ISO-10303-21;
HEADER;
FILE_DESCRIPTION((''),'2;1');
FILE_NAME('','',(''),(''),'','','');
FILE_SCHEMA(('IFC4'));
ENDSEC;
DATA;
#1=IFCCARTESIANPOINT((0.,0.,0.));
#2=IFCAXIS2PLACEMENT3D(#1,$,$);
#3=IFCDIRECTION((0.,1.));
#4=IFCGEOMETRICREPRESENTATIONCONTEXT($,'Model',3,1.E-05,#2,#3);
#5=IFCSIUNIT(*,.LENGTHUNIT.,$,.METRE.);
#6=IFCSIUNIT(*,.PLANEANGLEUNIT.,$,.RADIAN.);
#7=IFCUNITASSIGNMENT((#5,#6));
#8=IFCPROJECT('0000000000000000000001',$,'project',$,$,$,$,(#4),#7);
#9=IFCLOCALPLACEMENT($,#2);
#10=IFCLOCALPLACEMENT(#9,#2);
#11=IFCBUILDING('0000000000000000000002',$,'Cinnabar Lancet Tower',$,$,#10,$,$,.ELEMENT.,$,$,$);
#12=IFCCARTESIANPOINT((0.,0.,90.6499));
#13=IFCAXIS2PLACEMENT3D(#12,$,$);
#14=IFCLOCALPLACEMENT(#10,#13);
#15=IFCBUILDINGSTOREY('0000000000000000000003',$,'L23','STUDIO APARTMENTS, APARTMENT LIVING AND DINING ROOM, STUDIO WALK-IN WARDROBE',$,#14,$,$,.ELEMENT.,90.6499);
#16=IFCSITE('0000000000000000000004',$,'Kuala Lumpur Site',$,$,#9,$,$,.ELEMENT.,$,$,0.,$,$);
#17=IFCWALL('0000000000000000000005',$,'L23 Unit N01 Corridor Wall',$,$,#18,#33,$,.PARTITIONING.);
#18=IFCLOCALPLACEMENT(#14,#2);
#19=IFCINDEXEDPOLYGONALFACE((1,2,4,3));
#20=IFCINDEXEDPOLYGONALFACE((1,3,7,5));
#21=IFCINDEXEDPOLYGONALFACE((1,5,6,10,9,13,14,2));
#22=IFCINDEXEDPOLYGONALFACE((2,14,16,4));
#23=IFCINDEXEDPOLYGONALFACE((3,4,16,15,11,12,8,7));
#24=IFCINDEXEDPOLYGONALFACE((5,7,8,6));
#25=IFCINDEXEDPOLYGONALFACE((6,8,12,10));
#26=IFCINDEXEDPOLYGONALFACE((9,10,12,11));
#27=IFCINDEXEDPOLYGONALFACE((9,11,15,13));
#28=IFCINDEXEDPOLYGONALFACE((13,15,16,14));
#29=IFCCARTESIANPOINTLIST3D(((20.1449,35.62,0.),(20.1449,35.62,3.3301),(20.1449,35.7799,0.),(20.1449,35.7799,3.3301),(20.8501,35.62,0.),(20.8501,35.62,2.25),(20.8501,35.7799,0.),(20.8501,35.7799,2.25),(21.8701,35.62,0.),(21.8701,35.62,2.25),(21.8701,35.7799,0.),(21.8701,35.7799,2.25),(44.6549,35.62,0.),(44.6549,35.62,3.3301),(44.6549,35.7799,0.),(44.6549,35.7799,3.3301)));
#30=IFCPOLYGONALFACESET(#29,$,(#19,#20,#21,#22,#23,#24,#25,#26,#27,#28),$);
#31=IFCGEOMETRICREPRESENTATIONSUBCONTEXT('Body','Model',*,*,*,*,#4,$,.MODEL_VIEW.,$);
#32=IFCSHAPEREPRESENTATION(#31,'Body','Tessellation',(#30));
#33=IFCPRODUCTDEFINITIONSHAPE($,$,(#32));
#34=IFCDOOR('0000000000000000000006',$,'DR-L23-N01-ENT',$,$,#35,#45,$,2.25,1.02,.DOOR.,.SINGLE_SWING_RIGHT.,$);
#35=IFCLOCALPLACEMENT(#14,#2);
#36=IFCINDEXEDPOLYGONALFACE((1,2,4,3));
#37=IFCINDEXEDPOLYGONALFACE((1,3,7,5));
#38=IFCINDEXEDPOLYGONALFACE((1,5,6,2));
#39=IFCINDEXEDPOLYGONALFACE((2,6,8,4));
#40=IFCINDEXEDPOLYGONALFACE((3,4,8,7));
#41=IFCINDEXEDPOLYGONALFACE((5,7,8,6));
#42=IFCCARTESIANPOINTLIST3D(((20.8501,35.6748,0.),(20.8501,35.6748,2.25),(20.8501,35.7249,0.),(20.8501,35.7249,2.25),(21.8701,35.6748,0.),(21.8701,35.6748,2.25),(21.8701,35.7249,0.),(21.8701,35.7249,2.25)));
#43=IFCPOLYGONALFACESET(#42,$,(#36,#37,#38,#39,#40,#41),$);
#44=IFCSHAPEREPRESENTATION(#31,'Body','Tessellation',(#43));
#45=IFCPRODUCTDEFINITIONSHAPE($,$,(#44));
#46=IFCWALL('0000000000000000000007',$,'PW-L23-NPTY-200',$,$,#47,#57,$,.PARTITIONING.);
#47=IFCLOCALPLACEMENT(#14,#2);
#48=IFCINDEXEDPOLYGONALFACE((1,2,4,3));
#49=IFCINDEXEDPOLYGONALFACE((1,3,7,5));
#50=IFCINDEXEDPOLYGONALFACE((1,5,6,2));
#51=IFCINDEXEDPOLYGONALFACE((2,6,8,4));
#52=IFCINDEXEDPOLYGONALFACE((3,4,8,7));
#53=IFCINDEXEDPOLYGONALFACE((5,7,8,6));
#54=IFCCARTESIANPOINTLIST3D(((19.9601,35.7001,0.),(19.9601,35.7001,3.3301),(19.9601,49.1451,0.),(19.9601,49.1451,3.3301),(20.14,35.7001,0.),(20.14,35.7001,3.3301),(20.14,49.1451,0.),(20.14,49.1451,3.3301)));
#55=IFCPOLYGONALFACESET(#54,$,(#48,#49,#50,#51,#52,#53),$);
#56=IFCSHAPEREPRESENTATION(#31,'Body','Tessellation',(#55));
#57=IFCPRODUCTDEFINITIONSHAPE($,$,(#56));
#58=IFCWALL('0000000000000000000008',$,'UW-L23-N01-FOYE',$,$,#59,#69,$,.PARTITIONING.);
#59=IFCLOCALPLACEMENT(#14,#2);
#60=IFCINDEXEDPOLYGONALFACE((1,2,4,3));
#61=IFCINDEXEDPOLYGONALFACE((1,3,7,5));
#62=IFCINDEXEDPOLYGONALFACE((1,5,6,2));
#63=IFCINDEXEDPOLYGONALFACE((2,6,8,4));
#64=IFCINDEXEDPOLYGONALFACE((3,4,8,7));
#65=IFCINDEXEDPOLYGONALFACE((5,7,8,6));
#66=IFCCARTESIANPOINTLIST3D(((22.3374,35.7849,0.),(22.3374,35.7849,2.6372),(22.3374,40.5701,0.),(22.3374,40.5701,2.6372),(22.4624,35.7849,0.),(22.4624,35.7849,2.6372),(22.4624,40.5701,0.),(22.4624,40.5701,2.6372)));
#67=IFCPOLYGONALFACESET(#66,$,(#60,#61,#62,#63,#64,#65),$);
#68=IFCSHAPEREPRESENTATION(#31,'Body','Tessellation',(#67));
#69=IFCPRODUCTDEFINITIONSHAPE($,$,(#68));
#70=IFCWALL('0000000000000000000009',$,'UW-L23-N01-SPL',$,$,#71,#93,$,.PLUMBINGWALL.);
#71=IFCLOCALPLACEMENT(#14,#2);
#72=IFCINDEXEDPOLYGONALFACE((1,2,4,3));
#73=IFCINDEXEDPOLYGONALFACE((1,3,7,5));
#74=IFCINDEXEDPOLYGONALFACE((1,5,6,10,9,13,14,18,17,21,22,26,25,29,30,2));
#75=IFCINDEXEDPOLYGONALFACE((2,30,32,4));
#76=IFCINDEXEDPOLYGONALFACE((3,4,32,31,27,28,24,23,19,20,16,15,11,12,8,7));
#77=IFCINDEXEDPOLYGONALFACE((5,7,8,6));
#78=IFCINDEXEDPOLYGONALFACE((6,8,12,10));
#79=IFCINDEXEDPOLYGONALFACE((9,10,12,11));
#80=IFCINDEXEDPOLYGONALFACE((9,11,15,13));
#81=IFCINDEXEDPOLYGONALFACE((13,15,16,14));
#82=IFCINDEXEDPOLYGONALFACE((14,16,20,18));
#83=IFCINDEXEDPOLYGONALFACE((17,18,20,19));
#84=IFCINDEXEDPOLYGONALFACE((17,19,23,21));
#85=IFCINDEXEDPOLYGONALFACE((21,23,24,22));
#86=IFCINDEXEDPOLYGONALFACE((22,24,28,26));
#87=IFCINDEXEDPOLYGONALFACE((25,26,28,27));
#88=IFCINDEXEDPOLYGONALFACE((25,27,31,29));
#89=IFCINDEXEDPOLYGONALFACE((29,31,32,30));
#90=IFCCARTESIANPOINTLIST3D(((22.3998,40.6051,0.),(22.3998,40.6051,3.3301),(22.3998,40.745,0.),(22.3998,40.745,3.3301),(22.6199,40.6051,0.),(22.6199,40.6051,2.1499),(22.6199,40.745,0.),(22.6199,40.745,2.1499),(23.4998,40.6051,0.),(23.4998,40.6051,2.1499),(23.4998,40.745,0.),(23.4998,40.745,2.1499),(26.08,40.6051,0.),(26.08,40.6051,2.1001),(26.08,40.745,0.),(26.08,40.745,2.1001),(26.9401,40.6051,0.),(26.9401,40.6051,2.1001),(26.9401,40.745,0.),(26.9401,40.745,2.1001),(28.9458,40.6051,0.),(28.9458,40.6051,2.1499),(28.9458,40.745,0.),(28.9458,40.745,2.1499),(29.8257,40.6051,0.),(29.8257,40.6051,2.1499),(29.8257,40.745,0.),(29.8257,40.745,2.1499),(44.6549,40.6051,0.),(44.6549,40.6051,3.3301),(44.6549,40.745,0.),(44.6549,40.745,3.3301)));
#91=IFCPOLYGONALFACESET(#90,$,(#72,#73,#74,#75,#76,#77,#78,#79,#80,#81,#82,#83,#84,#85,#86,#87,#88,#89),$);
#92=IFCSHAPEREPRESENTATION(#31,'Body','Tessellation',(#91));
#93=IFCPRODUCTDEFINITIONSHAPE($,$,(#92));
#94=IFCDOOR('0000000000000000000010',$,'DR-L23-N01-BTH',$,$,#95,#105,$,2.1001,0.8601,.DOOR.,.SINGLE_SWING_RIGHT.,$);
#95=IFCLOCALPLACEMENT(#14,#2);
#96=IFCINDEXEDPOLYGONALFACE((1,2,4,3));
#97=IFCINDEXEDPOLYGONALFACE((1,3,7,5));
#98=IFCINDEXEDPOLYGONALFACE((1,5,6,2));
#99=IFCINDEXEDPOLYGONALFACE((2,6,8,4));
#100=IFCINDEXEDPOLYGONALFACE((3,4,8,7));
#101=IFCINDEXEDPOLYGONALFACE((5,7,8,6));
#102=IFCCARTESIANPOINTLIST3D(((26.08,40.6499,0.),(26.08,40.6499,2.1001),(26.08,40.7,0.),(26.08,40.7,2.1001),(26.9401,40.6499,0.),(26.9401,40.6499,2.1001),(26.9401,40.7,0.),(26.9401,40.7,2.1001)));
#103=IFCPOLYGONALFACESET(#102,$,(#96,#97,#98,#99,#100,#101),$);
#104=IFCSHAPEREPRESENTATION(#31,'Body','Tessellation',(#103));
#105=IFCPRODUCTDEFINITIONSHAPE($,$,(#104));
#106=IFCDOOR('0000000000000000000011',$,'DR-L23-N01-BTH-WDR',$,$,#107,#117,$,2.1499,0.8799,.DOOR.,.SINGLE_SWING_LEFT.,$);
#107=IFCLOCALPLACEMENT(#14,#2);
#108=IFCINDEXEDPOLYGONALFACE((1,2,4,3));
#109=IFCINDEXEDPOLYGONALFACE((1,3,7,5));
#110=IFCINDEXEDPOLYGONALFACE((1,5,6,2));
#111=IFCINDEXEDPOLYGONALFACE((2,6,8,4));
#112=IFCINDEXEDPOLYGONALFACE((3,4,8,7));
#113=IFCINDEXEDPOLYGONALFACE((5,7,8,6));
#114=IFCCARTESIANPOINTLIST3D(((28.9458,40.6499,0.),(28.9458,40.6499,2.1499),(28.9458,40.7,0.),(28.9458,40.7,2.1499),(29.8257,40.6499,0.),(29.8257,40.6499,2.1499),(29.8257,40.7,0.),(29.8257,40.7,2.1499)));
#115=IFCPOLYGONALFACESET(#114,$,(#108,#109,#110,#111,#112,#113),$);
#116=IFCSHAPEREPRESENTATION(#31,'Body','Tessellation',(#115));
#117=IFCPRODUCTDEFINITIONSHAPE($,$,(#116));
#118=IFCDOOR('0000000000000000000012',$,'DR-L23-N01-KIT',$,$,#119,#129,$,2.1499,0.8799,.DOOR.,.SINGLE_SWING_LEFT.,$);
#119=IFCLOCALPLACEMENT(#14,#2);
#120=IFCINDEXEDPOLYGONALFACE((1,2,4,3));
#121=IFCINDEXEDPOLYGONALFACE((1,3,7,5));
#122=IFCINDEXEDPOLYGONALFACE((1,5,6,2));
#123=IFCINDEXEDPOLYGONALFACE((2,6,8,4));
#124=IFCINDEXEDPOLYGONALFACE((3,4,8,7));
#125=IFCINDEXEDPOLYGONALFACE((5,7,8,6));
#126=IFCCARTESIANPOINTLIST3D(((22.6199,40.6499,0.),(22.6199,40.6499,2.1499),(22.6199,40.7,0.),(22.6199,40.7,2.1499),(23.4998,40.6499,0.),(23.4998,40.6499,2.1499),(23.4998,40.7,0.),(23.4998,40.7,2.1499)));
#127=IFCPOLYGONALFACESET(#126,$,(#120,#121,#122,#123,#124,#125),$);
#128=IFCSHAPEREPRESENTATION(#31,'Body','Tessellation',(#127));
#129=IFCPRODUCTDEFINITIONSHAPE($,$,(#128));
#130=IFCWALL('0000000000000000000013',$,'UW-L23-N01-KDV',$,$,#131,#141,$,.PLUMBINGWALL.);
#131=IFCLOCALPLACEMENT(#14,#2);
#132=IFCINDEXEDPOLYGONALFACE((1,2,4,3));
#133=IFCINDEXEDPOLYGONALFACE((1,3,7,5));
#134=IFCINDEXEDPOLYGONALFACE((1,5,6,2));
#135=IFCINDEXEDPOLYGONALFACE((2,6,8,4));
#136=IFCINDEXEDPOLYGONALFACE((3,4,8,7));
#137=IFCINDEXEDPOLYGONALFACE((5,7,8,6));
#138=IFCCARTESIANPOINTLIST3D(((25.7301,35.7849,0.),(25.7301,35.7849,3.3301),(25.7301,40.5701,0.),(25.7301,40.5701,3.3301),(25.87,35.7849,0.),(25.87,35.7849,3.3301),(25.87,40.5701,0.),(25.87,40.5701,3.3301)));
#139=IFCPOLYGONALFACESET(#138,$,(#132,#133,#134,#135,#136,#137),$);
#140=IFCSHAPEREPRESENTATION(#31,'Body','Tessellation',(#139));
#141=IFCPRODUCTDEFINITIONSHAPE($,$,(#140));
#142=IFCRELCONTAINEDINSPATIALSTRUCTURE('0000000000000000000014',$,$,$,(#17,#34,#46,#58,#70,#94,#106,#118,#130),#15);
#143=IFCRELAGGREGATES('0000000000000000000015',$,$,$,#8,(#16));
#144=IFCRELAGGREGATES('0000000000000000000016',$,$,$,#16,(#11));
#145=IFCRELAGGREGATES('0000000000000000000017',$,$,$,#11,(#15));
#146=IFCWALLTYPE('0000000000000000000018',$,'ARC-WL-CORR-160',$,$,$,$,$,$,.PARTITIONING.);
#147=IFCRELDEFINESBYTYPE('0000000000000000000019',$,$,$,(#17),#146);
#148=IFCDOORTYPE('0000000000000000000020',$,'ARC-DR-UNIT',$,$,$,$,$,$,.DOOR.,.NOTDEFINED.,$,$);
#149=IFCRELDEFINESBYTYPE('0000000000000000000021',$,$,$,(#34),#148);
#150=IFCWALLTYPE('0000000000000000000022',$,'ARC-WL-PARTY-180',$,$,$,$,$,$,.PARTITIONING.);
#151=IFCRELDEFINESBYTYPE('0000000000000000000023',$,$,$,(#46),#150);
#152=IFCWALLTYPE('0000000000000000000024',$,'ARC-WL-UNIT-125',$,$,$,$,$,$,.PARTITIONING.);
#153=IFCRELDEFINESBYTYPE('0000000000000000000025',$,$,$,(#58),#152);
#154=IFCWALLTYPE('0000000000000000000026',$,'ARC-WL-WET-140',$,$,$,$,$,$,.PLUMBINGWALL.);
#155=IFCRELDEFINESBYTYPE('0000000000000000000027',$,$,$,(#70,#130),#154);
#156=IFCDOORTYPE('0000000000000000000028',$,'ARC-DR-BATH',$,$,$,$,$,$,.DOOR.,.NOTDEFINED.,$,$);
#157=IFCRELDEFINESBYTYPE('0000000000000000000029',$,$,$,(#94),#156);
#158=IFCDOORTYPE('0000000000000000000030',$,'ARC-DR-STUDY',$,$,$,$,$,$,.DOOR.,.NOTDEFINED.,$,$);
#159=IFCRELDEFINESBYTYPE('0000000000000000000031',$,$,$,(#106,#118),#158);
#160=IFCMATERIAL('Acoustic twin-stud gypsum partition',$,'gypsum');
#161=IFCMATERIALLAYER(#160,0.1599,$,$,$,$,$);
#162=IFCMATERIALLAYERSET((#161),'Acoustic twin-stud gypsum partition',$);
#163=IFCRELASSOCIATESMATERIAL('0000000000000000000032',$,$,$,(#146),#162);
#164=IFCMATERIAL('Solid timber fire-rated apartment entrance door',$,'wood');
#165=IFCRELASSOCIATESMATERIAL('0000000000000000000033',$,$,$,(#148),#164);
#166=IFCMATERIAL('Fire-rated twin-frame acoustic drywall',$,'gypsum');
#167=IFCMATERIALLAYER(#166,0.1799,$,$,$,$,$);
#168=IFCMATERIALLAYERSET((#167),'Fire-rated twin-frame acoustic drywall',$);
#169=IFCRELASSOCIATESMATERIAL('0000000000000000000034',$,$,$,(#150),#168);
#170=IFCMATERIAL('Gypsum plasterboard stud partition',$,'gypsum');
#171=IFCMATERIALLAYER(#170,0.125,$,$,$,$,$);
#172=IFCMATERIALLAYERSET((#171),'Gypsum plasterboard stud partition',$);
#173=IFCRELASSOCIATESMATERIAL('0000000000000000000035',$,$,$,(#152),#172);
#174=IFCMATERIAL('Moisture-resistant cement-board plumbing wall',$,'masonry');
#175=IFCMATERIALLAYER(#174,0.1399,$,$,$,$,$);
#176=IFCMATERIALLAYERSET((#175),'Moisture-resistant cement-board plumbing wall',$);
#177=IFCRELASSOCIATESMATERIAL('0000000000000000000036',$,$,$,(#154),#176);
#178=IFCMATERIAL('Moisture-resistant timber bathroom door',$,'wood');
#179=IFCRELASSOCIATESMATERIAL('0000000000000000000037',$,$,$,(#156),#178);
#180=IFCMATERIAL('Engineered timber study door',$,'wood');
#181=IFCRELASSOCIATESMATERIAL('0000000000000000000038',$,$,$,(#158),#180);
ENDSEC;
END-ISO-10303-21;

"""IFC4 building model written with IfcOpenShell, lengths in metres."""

from ifc_helpers import new_model, si_unit, direction, frame, frame_2d, origin, place, context, subcontext, project, spatial, rectangle, extrude, material, layer, layer_set, type_object, element, fill, save


model = new_model("IFC4")

# Units and contexts
model_context = context("Model", 3, precision=1e-05, world=origin(), true_north=direction((0.0, 1.0)))
body_context = subcontext(model_context, "Body", "Model", "MODEL_VIEW")
ifc_project = project(units=[si_unit("LENGTHUNIT", "METRE"), si_unit("PLANEANGLEUNIT", "RADIAN")], contexts=[model_context])

# Site, building, storey
site_placement = place(None, origin())
site = spatial("IfcSite", under=ifc_project, at=site_placement, Name="Kuala Lumpur Site", CompositionType="ELEMENT", RefElevation=0.0)
building_placement = place(site_placement, origin())
building = spatial("IfcBuilding", under=site, at=building_placement, Name="Cinnabar Lancet Tower", CompositionType="ELEMENT")
storey_placement = place(building_placement, frame((0.0, 0.0, 90.6499)))
storey = spatial("IfcBuildingStorey", under=building, at=storey_placement, Name="L23", Description="STUDIO APARTMENTS, APARTMENT LIVING AND DINING ROOM, STUDIO WALK-IN WARDROBE", CompositionType="ELEMENT", Elevation=90.6499)

# Wall, opening, door
ifc_material_1 = material(Name="Acoustic twin-stud gypsum partition", Category="gypsum")
ifc_layer_1 = layer(ifc_material_1, 0.1599)
ifc_layer_set_1 = layer_set([ifc_layer_1], Name="Acoustic twin-stud gypsum partition")
wall_type_1 = type_object("IfcWallType", Name="ARC-WL-CORR-160", PredefinedType="PARTITIONING", material=ifc_layer_set_1)
wall_1_placement = place(storey_placement, frame((20.145, 35.7, 0.0), z_axis=(0.0, 0.0, 1.0), x_axis=(1.0, 0.0, 0.0)))
wall_1 = element("IfcWall", 1, at=wall_1_placement, inside=storey, type_object=wall_type_1, Name="L23 Unit N01 Corridor Wall", PredefinedType="PARTITIONING", context=body_context, shape_type="SweptSolid", body=[
    extrude(rectangle(XDim=24.51, YDim=0.1599, at=frame_2d((12.2549, 0.0))), origin(), (0.0, 0.0, 1.0), 3.3301),
])
opening_1_placement = place(wall_1_placement, frame((0.7051, 0.0, 0.0)))
opening_1 = element("IfcOpeningElement", 2, at=opening_1_placement, cuts=wall_1, PredefinedType="OPENING", context=body_context, shape_type="SweptSolid", body=[
    extrude(rectangle(XDim=1.02, YDim=2.25, at=frame_2d((0.51, 1.125))), frame((0.0, 0.0898, 0.0), z_axis=(0.0, -1.0, 0.0), x_axis=(1.0, 0.0, 0.0)), (0.0, 0.0, 1.0), 0.1799),
])
ifc_material_2 = material(Name="Solid timber fire-rated apartment entrance door", Category="wood")
door_type_1 = type_object("IfcDoorType", Name="ARC-DR-UNIT", OperationType="NOTDEFINED", PredefinedType="DOOR", material=ifc_material_2)
door_1_placement = place(opening_1_placement, origin())
door_1 = element("IfcDoor", 3, at=door_1_placement, inside=storey, type_object=door_type_1, Name="DR-L23-N01-ENT", OperationType="SINGLE_SWING_RIGHT", OverallHeight=2.25, OverallWidth=1.02, PredefinedType="DOOR", context=body_context, shape_type="SweptSolid", body=[
    extrude(rectangle(XDim=1.02, YDim=2.25, at=frame_2d((0.51, 1.125))), frame((0.0, 0.0249, 0.0), z_axis=(0.0, -1.0, 0.0), x_axis=(1.0, 0.0, 0.0)), (0.0, 0.0, 1.0), 0.05),
])
fill(opening_1, door_1)

# Walls
ifc_material_3 = material(Name="Fire-rated twin-frame acoustic drywall", Category="gypsum")
ifc_layer_2 = layer(ifc_material_3, 0.1799)
ifc_layer_set_2 = layer_set([ifc_layer_2], Name="Fire-rated twin-frame acoustic drywall")
wall_type_2 = type_object("IfcWallType", Name="ARC-WL-PARTY-180", PredefinedType="PARTITIONING", material=ifc_layer_set_2)
wall_2_placement = place(storey_placement, frame((20.05, 35.7, 0.0), z_axis=(0.0, 0.0, 1.0), x_axis=(0.0, 1.0, 0.0)))
element("IfcWall", 4, at=wall_2_placement, inside=storey, type_object=wall_type_2, Name="PW-L23-NPTY-200", PredefinedType="PARTITIONING", context=body_context, shape_type="SweptSolid", body=[
    extrude(rectangle(XDim=13.4451, YDim=0.1799, at=frame_2d((6.7227, 0.0))), origin(), (0.0, 0.0, 1.0), 3.3301),
])
ifc_material_4 = material(Name="Gypsum plasterboard stud partition", Category="gypsum")
ifc_layer_3 = layer(ifc_material_4, 0.125)
ifc_layer_set_3 = layer_set([ifc_layer_3], Name="Gypsum plasterboard stud partition")
wall_type_3 = type_object("IfcWallType", Name="ARC-WL-UNIT-125", PredefinedType="PARTITIONING", material=ifc_layer_set_3)
wall_3_placement = place(storey_placement, frame((22.3999, 35.7849, 0.0), z_axis=(0.0, 0.0, 1.0), x_axis=(0.0, 1.0, 0.0)))
element("IfcWall", 5, at=wall_3_placement, inside=storey, type_object=wall_type_3, Name="UW-L23-N01-FOYE", PredefinedType="PARTITIONING", context=body_context, shape_type="SweptSolid", body=[
    extrude(rectangle(XDim=4.7852, YDim=0.125, at=frame_2d((2.3926, 0.0))), origin(), (0.0, 0.0, 1.0), 2.6372),
])

# Wall, openings, doors
ifc_material_5 = material(Name="Moisture-resistant cement-board plumbing wall", Category="masonry")
ifc_layer_4 = layer(ifc_material_5, 0.1399)
ifc_layer_set_4 = layer_set([ifc_layer_4], Name="Moisture-resistant cement-board plumbing wall")
wall_type_4 = type_object("IfcWallType", Name="ARC-WL-WET-140", PredefinedType="PLUMBINGWALL", material=ifc_layer_set_4)
wall_4_placement = place(storey_placement, frame((22.3999, 40.675, 0.0), z_axis=(0.0, 0.0, 1.0), x_axis=(1.0, 0.0, 0.0)))
wall_4 = element("IfcWall", 6, at=wall_4_placement, inside=storey, type_object=wall_type_4, Name="UW-L23-N01-SPL", PredefinedType="PLUMBINGWALL", context=body_context, shape_type="SweptSolid", body=[
    extrude(rectangle(XDim=22.2551, YDim=0.1399, at=frame_2d((11.1274, 0.0))), origin(), (0.0, 0.0, 1.0), 3.3301),
])
opening_2_placement = place(wall_4_placement, frame((3.6799, 0.0, 0.0)))
opening_2 = element("IfcOpeningElement", 7, at=opening_2_placement, cuts=wall_4, PredefinedType="OPENING", context=body_context, shape_type="SweptSolid", body=[
    extrude(rectangle(XDim=0.8601, YDim=2.1001, at=frame_2d((0.4302, 1.05))), frame((0.0, 0.0798, 0.0), z_axis=(0.0, -1.0, 0.0), x_axis=(1.0, 0.0, 0.0)), (0.0, 0.0, 1.0), 0.1599),
])
opening_3_placement = place(wall_4_placement, frame((6.5459, 0.0, 0.0)))
opening_3 = element("IfcOpeningElement", 8, at=opening_3_placement, cuts=wall_4, PredefinedType="OPENING", context=body_context, shape_type="SweptSolid", body=[
    extrude(rectangle(XDim=0.8799, YDim=2.1499, at=frame_2d((0.4399, 1.075))), frame((0.0, 0.0798, 0.0), z_axis=(0.0, -1.0, 0.0), x_axis=(1.0, 0.0, 0.0)), (0.0, 0.0, 1.0), 0.1599),
])
opening_4_placement = place(wall_4_placement, frame((0.22, 0.0, 0.0)))
opening_4 = element("IfcOpeningElement", 9, at=opening_4_placement, cuts=wall_4, PredefinedType="OPENING", context=body_context, shape_type="SweptSolid", body=[
    extrude(rectangle(XDim=0.8799, YDim=2.1499, at=frame_2d((0.4399, 1.075))), frame((0.0, 0.0798, 0.0), z_axis=(0.0, -1.0, 0.0), x_axis=(1.0, 0.0, 0.0)), (0.0, 0.0, 1.0), 0.1599),
])
ifc_material_6 = material(Name="Moisture-resistant timber bathroom door", Category="wood")
door_type_2 = type_object("IfcDoorType", Name="ARC-DR-BATH", OperationType="NOTDEFINED", PredefinedType="DOOR", material=ifc_material_6)
door_2_placement = place(opening_2_placement, origin())
door_2 = element("IfcDoor", 10, at=door_2_placement, inside=storey, type_object=door_type_2, Name="DR-L23-N01-BTH", OperationType="SINGLE_SWING_RIGHT", OverallHeight=2.1001, OverallWidth=0.8601, PredefinedType="DOOR", context=body_context, shape_type="SweptSolid", body=[
    extrude(rectangle(XDim=0.8601, YDim=2.1001, at=frame_2d((0.4302, 1.05))), frame((0.0, 0.0249, 0.0), z_axis=(0.0, -1.0, 0.0), x_axis=(1.0, 0.0, 0.0)), (0.0, 0.0, 1.0), 0.05),
])
fill(opening_2, door_2)
ifc_material_7 = material(Name="Engineered timber study door", Category="wood")
door_type_3 = type_object("IfcDoorType", Name="ARC-DR-STUDY", OperationType="NOTDEFINED", PredefinedType="DOOR", material=ifc_material_7)
door_3_placement = place(opening_3_placement, origin())
door_3 = element("IfcDoor", 11, at=door_3_placement, inside=storey, type_object=door_type_3, Name="DR-L23-N01-BTH-WDR", OperationType="SINGLE_SWING_LEFT", OverallHeight=2.1499, OverallWidth=0.8799, PredefinedType="DOOR", context=body_context, shape_type="SweptSolid", body=[
    extrude(rectangle(XDim=0.8799, YDim=2.1499, at=frame_2d((0.4399, 1.075))), frame((0.0, 0.0249, 0.0), z_axis=(0.0, -1.0, 0.0), x_axis=(1.0, 0.0, 0.0)), (0.0, 0.0, 1.0), 0.05),
])
fill(opening_3, door_3)
door_4_placement = place(opening_4_placement, origin())
door_4 = element("IfcDoor", 12, at=door_4_placement, inside=storey, type_object=door_type_3, Name="DR-L23-N01-KIT", OperationType="SINGLE_SWING_LEFT", OverallHeight=2.1499, OverallWidth=0.8799, PredefinedType="DOOR", context=body_context, shape_type="SweptSolid", body=[
    extrude(rectangle(XDim=0.8799, YDim=2.1499, at=frame_2d((0.4399, 1.075))), frame((0.0, 0.0249, 0.0), z_axis=(0.0, -1.0, 0.0), x_axis=(1.0, 0.0, 0.0)), (0.0, 0.0, 1.0), 0.05),
])
fill(opening_4, door_4)

# Wall
wall_5_placement = place(storey_placement, frame((25.8, 35.7849, 0.0), z_axis=(0.0, 0.0, 1.0), x_axis=(0.0, 1.0, 0.0)))
element("IfcWall", 13, at=wall_5_placement, inside=storey, type_object=wall_type_4, Name="UW-L23-N01-KDV", PredefinedType="PLUMBINGWALL", context=body_context, shape_type="SweptSolid", body=[
    extrude(rectangle(XDim=4.7852, YDim=0.1399, at=frame_2d((2.3926, 0.0))), origin(), (0.0, 0.0, 1.0), 3.3301),
])

save(model, "model.ifc")
